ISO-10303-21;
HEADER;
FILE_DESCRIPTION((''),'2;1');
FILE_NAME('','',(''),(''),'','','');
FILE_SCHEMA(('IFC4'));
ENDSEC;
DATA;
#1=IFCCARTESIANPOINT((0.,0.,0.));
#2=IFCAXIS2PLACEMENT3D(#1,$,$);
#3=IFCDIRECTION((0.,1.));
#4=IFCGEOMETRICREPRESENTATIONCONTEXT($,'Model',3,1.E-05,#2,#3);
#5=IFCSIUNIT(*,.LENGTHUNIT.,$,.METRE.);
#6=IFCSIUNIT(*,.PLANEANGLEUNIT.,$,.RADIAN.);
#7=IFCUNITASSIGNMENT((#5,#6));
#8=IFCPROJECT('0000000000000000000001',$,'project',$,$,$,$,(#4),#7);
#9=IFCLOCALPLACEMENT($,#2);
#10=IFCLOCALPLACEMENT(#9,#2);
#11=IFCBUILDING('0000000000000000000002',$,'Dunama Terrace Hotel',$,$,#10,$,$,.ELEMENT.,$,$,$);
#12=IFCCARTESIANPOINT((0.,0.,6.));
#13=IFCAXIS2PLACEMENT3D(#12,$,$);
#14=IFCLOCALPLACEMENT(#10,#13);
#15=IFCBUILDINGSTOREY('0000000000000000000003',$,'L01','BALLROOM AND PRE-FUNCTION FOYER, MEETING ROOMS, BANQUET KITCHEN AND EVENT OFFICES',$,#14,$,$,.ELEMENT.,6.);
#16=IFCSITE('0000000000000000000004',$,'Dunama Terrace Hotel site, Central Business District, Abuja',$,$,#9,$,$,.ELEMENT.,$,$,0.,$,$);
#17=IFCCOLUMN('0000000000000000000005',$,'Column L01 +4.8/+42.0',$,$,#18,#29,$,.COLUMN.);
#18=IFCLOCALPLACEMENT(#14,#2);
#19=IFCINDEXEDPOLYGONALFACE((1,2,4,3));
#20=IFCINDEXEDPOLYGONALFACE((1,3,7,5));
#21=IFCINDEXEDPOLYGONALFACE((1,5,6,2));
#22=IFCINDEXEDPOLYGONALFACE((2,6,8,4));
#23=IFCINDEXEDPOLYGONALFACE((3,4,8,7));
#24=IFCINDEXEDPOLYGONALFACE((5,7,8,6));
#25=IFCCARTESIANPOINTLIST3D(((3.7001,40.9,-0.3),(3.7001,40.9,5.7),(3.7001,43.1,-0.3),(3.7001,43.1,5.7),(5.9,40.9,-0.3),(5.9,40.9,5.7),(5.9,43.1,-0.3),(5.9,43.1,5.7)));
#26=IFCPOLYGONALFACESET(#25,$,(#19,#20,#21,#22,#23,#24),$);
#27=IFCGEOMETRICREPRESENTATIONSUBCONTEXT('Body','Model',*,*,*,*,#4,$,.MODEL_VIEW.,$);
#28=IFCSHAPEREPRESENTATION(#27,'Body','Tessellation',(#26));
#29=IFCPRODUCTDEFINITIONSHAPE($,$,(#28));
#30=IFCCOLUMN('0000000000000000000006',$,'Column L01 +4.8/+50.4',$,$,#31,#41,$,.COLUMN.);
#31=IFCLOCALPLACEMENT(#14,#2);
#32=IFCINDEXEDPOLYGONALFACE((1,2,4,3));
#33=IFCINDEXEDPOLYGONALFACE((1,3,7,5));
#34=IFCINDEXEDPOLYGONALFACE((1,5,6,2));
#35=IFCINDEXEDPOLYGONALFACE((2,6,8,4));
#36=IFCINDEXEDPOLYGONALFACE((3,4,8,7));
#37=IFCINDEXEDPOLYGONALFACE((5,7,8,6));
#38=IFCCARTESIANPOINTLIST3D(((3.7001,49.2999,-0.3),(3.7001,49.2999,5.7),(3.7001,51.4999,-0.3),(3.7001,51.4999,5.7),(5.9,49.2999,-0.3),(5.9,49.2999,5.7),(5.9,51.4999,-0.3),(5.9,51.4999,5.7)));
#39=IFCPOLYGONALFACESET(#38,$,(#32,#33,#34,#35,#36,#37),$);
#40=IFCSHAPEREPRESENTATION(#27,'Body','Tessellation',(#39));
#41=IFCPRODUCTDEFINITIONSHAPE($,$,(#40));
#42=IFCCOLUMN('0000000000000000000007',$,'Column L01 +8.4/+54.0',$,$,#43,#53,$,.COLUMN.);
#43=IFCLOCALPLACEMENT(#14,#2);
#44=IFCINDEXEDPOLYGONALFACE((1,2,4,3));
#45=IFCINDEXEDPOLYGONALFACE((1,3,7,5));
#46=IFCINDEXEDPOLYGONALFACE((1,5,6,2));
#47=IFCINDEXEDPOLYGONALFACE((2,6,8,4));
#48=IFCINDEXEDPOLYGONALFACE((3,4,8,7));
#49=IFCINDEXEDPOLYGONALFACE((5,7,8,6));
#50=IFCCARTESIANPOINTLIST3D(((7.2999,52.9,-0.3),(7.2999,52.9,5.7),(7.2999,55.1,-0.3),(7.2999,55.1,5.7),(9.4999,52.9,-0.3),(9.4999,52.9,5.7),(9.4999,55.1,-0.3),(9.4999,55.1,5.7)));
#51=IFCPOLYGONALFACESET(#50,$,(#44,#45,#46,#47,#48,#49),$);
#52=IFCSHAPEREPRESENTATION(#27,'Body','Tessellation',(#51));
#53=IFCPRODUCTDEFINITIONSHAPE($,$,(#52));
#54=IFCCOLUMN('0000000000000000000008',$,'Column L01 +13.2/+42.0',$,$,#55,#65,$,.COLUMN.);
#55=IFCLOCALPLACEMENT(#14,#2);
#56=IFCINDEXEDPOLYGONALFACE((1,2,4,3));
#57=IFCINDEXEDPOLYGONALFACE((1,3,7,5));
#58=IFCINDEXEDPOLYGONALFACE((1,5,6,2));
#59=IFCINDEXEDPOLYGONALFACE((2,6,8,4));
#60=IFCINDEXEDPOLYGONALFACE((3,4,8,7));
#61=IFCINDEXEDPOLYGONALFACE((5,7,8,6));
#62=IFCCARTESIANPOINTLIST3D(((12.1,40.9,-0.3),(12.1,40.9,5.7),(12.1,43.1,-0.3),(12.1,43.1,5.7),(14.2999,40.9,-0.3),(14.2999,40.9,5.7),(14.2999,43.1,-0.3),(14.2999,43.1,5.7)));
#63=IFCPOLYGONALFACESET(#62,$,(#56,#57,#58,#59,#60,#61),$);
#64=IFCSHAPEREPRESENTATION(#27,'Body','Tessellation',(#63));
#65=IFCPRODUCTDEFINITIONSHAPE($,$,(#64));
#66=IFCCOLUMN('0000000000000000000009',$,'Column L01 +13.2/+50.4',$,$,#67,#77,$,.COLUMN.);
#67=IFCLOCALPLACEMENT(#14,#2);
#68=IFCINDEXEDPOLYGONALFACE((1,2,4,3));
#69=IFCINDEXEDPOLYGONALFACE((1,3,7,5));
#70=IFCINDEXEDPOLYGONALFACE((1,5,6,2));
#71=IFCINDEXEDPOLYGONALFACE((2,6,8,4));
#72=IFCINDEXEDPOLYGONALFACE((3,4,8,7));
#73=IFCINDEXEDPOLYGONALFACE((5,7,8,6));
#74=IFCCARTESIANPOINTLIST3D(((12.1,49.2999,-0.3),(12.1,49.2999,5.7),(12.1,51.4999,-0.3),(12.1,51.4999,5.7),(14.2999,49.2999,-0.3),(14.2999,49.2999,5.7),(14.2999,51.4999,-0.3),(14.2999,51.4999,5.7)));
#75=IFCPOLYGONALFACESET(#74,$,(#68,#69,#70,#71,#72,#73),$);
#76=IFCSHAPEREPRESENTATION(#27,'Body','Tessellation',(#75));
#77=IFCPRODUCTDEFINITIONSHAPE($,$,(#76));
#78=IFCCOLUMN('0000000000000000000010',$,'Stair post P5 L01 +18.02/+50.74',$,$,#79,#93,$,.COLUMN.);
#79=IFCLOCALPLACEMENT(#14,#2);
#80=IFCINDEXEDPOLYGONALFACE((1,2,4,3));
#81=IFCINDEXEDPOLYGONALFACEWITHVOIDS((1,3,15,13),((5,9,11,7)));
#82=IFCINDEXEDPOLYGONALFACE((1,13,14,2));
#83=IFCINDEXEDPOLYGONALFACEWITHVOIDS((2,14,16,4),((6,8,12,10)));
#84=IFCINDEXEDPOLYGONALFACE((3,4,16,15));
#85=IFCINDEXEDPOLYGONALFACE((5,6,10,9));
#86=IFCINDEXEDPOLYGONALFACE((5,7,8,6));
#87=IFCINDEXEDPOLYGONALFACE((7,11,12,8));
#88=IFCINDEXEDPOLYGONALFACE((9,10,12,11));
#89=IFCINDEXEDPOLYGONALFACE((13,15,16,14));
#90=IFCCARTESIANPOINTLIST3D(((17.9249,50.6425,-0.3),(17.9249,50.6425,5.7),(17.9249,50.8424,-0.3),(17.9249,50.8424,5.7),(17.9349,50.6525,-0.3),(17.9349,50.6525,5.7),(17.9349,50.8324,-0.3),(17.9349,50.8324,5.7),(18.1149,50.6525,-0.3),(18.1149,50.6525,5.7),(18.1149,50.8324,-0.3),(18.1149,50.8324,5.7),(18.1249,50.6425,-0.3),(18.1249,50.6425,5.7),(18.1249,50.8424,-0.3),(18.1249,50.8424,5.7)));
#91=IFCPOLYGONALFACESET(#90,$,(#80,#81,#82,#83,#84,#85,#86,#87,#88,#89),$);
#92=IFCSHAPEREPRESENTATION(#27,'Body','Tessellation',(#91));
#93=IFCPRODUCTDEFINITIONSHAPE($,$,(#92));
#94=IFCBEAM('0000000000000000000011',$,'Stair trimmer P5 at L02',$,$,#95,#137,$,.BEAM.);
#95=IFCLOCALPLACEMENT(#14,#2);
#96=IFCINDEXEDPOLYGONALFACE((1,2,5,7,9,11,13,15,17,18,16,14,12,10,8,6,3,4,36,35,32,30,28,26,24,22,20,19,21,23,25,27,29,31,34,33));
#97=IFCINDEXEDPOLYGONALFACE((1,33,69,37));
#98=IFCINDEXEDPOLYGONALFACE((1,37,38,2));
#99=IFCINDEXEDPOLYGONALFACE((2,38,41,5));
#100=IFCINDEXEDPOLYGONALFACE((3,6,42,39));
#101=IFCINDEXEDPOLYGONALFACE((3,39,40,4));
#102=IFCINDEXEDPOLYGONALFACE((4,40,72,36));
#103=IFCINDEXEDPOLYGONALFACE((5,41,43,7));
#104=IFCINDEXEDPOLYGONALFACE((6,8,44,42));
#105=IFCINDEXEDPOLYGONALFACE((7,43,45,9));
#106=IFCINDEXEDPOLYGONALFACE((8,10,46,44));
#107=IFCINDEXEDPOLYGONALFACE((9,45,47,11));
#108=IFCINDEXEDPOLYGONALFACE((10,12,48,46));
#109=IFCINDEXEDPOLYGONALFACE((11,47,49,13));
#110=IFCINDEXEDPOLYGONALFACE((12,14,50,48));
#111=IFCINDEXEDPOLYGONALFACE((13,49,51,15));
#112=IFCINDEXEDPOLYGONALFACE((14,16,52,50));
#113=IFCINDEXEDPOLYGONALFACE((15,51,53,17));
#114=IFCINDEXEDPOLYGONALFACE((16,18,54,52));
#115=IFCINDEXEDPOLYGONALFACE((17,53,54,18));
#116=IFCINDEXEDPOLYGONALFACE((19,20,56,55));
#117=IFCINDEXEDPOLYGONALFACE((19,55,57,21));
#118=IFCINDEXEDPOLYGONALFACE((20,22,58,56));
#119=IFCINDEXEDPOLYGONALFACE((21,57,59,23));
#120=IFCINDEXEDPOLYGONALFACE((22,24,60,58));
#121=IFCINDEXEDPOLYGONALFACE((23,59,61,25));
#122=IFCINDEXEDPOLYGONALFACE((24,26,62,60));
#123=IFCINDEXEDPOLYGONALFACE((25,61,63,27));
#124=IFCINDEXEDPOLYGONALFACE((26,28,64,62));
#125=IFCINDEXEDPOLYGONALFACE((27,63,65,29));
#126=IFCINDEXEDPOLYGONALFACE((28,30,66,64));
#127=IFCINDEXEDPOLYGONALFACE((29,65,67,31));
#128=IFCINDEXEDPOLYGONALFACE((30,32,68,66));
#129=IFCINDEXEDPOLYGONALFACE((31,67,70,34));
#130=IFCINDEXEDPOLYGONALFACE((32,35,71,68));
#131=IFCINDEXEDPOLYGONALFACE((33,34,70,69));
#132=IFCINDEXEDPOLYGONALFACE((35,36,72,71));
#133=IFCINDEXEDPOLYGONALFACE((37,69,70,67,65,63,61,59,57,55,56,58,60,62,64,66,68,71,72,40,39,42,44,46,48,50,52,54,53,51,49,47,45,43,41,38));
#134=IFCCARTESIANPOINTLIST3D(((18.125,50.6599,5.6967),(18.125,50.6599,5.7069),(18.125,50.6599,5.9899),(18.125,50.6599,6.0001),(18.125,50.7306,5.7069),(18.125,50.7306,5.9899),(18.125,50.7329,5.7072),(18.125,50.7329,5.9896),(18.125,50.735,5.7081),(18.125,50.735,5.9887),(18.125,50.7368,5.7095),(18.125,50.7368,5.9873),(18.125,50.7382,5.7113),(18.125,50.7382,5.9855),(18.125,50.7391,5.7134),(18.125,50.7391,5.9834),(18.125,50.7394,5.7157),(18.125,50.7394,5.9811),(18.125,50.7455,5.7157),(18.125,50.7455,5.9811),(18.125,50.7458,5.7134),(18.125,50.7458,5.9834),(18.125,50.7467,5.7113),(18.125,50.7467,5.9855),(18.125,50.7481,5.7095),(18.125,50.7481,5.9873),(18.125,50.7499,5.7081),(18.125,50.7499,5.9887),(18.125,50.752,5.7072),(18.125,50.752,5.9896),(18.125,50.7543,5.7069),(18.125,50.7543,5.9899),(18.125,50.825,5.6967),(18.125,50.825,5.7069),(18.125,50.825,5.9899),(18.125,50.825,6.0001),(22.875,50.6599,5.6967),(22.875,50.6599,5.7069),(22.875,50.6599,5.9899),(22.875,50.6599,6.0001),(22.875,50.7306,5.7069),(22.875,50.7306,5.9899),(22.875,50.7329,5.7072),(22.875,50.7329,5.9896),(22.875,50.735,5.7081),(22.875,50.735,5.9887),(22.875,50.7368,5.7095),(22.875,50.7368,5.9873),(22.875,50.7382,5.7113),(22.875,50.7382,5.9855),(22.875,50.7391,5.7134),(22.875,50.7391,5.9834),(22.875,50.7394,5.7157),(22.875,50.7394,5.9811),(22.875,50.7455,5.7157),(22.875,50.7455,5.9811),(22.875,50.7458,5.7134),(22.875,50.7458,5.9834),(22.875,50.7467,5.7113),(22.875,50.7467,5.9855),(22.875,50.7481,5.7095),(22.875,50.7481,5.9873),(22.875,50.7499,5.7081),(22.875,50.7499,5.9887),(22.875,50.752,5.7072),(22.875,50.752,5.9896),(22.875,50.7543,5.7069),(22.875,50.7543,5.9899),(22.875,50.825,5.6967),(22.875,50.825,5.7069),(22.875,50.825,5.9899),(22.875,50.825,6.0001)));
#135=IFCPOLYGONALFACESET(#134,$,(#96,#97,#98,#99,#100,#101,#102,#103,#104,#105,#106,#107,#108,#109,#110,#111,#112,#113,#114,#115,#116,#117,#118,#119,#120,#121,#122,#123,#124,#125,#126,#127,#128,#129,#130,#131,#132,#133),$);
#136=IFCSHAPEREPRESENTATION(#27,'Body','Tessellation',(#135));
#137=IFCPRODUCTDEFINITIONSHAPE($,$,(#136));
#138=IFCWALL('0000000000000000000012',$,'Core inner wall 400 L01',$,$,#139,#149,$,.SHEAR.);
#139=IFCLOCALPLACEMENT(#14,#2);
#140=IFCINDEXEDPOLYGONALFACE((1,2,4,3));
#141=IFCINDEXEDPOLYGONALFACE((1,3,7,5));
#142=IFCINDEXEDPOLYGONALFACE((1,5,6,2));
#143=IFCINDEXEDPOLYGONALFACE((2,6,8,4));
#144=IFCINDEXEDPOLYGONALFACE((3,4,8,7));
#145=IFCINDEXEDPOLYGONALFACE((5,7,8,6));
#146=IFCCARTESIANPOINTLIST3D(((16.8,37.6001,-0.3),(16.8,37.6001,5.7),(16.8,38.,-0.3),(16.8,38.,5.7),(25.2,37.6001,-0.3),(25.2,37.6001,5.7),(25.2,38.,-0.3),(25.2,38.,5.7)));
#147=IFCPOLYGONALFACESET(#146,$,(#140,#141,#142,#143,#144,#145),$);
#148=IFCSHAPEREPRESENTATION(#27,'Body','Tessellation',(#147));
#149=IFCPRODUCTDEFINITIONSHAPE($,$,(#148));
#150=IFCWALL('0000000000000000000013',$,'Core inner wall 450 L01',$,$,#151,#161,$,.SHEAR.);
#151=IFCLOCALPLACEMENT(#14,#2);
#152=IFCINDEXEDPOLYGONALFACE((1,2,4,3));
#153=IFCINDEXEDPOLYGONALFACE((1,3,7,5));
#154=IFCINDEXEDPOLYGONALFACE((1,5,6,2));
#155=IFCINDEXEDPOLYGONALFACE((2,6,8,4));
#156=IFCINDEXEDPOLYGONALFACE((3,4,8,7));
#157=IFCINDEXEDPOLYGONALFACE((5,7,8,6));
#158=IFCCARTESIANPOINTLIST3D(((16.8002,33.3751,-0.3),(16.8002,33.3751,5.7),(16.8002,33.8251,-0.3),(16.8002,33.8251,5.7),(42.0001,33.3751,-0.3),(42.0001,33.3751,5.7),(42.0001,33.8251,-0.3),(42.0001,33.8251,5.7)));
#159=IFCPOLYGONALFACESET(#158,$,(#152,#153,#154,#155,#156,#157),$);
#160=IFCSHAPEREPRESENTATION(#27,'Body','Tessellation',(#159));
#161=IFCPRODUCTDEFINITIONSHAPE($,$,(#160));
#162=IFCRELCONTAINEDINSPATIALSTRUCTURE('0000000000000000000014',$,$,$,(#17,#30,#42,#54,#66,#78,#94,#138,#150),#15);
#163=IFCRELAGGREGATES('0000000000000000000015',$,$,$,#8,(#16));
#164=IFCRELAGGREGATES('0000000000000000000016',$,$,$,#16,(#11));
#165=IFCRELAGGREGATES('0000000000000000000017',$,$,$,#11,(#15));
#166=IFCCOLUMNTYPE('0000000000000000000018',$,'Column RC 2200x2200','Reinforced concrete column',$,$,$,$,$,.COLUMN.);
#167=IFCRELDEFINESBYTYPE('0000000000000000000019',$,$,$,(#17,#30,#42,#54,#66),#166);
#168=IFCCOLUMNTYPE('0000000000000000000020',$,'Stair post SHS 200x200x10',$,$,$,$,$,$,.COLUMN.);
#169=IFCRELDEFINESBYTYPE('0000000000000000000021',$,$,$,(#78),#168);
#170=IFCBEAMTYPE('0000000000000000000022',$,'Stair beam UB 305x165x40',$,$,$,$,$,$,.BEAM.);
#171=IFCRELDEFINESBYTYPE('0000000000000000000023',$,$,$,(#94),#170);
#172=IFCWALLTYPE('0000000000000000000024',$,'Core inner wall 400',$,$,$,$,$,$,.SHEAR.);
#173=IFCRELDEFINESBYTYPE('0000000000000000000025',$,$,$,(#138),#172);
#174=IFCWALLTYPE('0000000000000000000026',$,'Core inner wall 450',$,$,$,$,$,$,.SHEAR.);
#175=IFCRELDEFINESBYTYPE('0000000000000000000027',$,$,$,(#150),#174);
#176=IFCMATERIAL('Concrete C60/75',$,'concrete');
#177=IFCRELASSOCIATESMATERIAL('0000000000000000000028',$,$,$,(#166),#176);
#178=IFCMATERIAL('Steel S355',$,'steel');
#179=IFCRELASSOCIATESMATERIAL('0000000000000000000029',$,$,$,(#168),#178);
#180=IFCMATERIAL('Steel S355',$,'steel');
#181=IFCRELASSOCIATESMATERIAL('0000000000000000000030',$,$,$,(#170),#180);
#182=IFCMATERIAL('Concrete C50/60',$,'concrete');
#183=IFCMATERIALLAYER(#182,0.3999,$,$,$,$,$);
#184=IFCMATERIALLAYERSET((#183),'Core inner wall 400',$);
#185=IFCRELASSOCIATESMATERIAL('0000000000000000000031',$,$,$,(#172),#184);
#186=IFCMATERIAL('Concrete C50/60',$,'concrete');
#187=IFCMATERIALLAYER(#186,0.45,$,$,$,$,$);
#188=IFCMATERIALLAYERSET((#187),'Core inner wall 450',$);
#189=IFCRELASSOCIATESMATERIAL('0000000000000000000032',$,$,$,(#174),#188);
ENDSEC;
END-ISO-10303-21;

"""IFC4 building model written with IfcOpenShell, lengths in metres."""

from ifc_helpers import new_model, si_unit, direction, frame, frame_2d, origin, origin_2d, place, context, subcontext, project, spatial, rectangle, hollow_rectangle, i_section, extrude, material, layer, layer_set, material_profile, profile_set, type_object, element, save


model = new_model("IFC4")

# Units and contexts
model_context = context("Model", 3, precision=1e-05, world=origin(), true_north=direction((0.0, 1.0)))
body_context = subcontext(model_context, "Body", "Model", "MODEL_VIEW")
ifc_project = project(units=[si_unit("LENGTHUNIT", "METRE"), si_unit("PLANEANGLEUNIT", "RADIAN")], contexts=[model_context])

# Site, building, storey
site_placement = place(None, origin())
site = spatial("IfcSite", under=ifc_project, at=site_placement, Name="Dunama Terrace Hotel site, Central Business District, Abuja", CompositionType="ELEMENT", RefElevation=0.0)
building_placement = place(site_placement, origin())
building = spatial("IfcBuilding", under=site, at=building_placement, Name="Dunama Terrace Hotel", CompositionType="ELEMENT")
storey_placement = place(building_placement, frame((0.0, 0.0, 6.0)))
storey = spatial("IfcBuildingStorey", under=building, at=storey_placement, Name="L01", Description="BALLROOM AND PRE-FUNCTION FOYER, MEETING ROOMS, BANQUET KITCHEN AND EVENT OFFICES", CompositionType="ELEMENT", Elevation=6.0)

# Columns
ifc_material_1 = material(Name="Concrete C60/75", Category="concrete")
ifc_material_profile_1 = material_profile(ifc_material_1, rectangle(XDim=2.2, YDim=2.2, at=origin_2d()), Name="RC 2200x2200")
ifc_profile_set_1 = profile_set([ifc_material_profile_1], Name="Concrete C60/75")
column_type_1 = type_object("IfcColumnType", Name="Column RC 2200x2200", Description="Reinforced concrete column", PredefinedType="COLUMN", material=ifc_profile_set_1)
for number, where, z_axis, x_axis, name in (
    (1, (4.8, 42.0, -0.3), (0.0, 0.0, 1.0), (1.0, 0.0, 0.0), "Column L01 +4.8/+42.0"),
    (2, (4.8, 50.3999, -0.3), (0.0, 0.0, 1.0), (1.0, 0.0, 0.0), "Column L01 +4.8/+50.4"),
    (3, (8.3999, 54.0, -0.3), (0.0, 0.0, 1.0), (1.0, 0.0, 0.0), "Column L01 +8.4/+54.0"),
    (4, (13.2, 42.0, -0.3), (0.0, 0.0, 1.0), (1.0, 0.0, 0.0), "Column L01 +13.2/+42.0"),
    (5, (13.2, 50.3999, -0.3), (0.0, 0.0, 1.0), (1.0, 0.0, 0.0), "Column L01 +13.2/+50.4"),
):
    element("IfcColumn", number, at=place(storey_placement, frame(where, z_axis=z_axis, x_axis=x_axis)), inside=storey, type_object=column_type_1, Name=name, PredefinedType="COLUMN", context=body_context, shape_type="SweptSolid", body=[
        extrude(rectangle(XDim=2.2, YDim=2.2, at=origin_2d()), origin(), (0.0, 0.0, 1.0), 6.0),
    ])
ifc_material_2 = material(Name="Steel S355", Category="steel")
ifc_material_profile_2 = material_profile(ifc_material_2, hollow_rectangle(XDim=0.2, YDim=0.2, WallThickness=0.01, at=origin_2d()), Name="SHS 200x200x10")
ifc_profile_set_2 = profile_set([ifc_material_profile_2], Name="Steel S355")
column_type_2 = type_object("IfcColumnType", Name="Stair post SHS 200x200x10", PredefinedType="COLUMN", material=ifc_profile_set_2)
column_placement = place(storey_placement, frame((18.0249, 50.7424, -0.3), z_axis=(0.0, 0.0, 1.0), x_axis=(1.0, 0.0, 0.0)))
element("IfcColumn", 6, at=column_placement, inside=storey, type_object=column_type_2, Name="Stair post P5 L01 +18.02/+50.74", PredefinedType="COLUMN", context=body_context, shape_type="SweptSolid", body=[
    extrude(hollow_rectangle(XDim=0.2, YDim=0.2, WallThickness=0.01, at=origin_2d()), origin(), (0.0, 0.0, 1.0), 6.0),
])

# Beam
ifc_material_3 = material(Name="Steel S355", Category="steel")
ifc_material_profile_3 = material_profile(ifc_material_3, i_section(OverallWidth=0.165, OverallDepth=0.3035, WebThickness=0.0061, FlangeThickness=0.0103, FilletRadius=0.0088, at=origin_2d()), Name="UB 305x165x40")
ifc_profile_set_3 = profile_set([ifc_material_profile_3], Name="Steel S355")
beam_type = type_object("IfcBeamType", Name="Stair beam UB 305x165x40", PredefinedType="BEAM", material=ifc_profile_set_3)
beam_placement = place(storey_placement, frame((18.125, 50.7424, 5.8484), z_axis=(1.0, 0.0, 0.0), x_axis=(0.0, 1.0, 0.0)))
element("IfcBeam", 7, at=beam_placement, inside=storey, type_object=beam_type, Name="Stair trimmer P5 at L02", PredefinedType="BEAM", context=body_context, shape_type="SweptSolid", body=[
    extrude(i_section(OverallWidth=0.165, OverallDepth=0.3035, WebThickness=0.0061, FlangeThickness=0.0103, FilletRadius=0.0088, at=origin_2d()), origin(), (0.0, 0.0, 1.0), 4.75),
])

# Walls
ifc_material_4 = material(Name="Concrete C50/60", Category="concrete")
ifc_layer_1 = layer(ifc_material_4, 0.3999)
ifc_layer_set_1 = layer_set([ifc_layer_1], Name="Core inner wall 400")
wall_type_1 = type_object("IfcWallType", Name="Core inner wall 400", PredefinedType="SHEAR", material=ifc_layer_set_1)
wall_1_placement = place(storey_placement, frame((16.8, 37.8, -0.3), z_axis=(0.0, 0.0, 1.0), x_axis=(1.0, 0.0, 0.0)))
element("IfcWall", 8, at=wall_1_placement, inside=storey, type_object=wall_type_1, Name="Core inner wall 400 L01", PredefinedType="SHEAR", context=body_context, shape_type="SweptSolid", body=[
    extrude(rectangle(XDim=8.3999, YDim=0.3999, at=frame_2d((4.2, 0.0))), origin(), (0.0, 0.0, 1.0), 6.0),
])
ifc_material_5 = material(Name="Concrete C50/60", Category="concrete")
ifc_layer_2 = layer(ifc_material_5, 0.45)
ifc_layer_set_2 = layer_set([ifc_layer_2], Name="Core inner wall 450")
wall_type_2 = type_object("IfcWallType", Name="Core inner wall 450", PredefinedType="SHEAR", material=ifc_layer_set_2)
wall_2_placement = place(storey_placement, frame((16.8, 33.6001, -0.3), z_axis=(0.0, 0.0, 1.0), x_axis=(1.0, 0.0, 0.0)))
element("IfcWall", 9, at=wall_2_placement, inside=storey, type_object=wall_type_2, Name="Core inner wall 450 L01", PredefinedType="SHEAR", context=body_context, shape_type="SweptSolid", body=[
    extrude(rectangle(XDim=25.2, YDim=0.45, at=frame_2d((12.6001, 0.0))), origin(), (0.0, 0.0, 1.0), 6.0),
])

save(model, "model.ifc")
